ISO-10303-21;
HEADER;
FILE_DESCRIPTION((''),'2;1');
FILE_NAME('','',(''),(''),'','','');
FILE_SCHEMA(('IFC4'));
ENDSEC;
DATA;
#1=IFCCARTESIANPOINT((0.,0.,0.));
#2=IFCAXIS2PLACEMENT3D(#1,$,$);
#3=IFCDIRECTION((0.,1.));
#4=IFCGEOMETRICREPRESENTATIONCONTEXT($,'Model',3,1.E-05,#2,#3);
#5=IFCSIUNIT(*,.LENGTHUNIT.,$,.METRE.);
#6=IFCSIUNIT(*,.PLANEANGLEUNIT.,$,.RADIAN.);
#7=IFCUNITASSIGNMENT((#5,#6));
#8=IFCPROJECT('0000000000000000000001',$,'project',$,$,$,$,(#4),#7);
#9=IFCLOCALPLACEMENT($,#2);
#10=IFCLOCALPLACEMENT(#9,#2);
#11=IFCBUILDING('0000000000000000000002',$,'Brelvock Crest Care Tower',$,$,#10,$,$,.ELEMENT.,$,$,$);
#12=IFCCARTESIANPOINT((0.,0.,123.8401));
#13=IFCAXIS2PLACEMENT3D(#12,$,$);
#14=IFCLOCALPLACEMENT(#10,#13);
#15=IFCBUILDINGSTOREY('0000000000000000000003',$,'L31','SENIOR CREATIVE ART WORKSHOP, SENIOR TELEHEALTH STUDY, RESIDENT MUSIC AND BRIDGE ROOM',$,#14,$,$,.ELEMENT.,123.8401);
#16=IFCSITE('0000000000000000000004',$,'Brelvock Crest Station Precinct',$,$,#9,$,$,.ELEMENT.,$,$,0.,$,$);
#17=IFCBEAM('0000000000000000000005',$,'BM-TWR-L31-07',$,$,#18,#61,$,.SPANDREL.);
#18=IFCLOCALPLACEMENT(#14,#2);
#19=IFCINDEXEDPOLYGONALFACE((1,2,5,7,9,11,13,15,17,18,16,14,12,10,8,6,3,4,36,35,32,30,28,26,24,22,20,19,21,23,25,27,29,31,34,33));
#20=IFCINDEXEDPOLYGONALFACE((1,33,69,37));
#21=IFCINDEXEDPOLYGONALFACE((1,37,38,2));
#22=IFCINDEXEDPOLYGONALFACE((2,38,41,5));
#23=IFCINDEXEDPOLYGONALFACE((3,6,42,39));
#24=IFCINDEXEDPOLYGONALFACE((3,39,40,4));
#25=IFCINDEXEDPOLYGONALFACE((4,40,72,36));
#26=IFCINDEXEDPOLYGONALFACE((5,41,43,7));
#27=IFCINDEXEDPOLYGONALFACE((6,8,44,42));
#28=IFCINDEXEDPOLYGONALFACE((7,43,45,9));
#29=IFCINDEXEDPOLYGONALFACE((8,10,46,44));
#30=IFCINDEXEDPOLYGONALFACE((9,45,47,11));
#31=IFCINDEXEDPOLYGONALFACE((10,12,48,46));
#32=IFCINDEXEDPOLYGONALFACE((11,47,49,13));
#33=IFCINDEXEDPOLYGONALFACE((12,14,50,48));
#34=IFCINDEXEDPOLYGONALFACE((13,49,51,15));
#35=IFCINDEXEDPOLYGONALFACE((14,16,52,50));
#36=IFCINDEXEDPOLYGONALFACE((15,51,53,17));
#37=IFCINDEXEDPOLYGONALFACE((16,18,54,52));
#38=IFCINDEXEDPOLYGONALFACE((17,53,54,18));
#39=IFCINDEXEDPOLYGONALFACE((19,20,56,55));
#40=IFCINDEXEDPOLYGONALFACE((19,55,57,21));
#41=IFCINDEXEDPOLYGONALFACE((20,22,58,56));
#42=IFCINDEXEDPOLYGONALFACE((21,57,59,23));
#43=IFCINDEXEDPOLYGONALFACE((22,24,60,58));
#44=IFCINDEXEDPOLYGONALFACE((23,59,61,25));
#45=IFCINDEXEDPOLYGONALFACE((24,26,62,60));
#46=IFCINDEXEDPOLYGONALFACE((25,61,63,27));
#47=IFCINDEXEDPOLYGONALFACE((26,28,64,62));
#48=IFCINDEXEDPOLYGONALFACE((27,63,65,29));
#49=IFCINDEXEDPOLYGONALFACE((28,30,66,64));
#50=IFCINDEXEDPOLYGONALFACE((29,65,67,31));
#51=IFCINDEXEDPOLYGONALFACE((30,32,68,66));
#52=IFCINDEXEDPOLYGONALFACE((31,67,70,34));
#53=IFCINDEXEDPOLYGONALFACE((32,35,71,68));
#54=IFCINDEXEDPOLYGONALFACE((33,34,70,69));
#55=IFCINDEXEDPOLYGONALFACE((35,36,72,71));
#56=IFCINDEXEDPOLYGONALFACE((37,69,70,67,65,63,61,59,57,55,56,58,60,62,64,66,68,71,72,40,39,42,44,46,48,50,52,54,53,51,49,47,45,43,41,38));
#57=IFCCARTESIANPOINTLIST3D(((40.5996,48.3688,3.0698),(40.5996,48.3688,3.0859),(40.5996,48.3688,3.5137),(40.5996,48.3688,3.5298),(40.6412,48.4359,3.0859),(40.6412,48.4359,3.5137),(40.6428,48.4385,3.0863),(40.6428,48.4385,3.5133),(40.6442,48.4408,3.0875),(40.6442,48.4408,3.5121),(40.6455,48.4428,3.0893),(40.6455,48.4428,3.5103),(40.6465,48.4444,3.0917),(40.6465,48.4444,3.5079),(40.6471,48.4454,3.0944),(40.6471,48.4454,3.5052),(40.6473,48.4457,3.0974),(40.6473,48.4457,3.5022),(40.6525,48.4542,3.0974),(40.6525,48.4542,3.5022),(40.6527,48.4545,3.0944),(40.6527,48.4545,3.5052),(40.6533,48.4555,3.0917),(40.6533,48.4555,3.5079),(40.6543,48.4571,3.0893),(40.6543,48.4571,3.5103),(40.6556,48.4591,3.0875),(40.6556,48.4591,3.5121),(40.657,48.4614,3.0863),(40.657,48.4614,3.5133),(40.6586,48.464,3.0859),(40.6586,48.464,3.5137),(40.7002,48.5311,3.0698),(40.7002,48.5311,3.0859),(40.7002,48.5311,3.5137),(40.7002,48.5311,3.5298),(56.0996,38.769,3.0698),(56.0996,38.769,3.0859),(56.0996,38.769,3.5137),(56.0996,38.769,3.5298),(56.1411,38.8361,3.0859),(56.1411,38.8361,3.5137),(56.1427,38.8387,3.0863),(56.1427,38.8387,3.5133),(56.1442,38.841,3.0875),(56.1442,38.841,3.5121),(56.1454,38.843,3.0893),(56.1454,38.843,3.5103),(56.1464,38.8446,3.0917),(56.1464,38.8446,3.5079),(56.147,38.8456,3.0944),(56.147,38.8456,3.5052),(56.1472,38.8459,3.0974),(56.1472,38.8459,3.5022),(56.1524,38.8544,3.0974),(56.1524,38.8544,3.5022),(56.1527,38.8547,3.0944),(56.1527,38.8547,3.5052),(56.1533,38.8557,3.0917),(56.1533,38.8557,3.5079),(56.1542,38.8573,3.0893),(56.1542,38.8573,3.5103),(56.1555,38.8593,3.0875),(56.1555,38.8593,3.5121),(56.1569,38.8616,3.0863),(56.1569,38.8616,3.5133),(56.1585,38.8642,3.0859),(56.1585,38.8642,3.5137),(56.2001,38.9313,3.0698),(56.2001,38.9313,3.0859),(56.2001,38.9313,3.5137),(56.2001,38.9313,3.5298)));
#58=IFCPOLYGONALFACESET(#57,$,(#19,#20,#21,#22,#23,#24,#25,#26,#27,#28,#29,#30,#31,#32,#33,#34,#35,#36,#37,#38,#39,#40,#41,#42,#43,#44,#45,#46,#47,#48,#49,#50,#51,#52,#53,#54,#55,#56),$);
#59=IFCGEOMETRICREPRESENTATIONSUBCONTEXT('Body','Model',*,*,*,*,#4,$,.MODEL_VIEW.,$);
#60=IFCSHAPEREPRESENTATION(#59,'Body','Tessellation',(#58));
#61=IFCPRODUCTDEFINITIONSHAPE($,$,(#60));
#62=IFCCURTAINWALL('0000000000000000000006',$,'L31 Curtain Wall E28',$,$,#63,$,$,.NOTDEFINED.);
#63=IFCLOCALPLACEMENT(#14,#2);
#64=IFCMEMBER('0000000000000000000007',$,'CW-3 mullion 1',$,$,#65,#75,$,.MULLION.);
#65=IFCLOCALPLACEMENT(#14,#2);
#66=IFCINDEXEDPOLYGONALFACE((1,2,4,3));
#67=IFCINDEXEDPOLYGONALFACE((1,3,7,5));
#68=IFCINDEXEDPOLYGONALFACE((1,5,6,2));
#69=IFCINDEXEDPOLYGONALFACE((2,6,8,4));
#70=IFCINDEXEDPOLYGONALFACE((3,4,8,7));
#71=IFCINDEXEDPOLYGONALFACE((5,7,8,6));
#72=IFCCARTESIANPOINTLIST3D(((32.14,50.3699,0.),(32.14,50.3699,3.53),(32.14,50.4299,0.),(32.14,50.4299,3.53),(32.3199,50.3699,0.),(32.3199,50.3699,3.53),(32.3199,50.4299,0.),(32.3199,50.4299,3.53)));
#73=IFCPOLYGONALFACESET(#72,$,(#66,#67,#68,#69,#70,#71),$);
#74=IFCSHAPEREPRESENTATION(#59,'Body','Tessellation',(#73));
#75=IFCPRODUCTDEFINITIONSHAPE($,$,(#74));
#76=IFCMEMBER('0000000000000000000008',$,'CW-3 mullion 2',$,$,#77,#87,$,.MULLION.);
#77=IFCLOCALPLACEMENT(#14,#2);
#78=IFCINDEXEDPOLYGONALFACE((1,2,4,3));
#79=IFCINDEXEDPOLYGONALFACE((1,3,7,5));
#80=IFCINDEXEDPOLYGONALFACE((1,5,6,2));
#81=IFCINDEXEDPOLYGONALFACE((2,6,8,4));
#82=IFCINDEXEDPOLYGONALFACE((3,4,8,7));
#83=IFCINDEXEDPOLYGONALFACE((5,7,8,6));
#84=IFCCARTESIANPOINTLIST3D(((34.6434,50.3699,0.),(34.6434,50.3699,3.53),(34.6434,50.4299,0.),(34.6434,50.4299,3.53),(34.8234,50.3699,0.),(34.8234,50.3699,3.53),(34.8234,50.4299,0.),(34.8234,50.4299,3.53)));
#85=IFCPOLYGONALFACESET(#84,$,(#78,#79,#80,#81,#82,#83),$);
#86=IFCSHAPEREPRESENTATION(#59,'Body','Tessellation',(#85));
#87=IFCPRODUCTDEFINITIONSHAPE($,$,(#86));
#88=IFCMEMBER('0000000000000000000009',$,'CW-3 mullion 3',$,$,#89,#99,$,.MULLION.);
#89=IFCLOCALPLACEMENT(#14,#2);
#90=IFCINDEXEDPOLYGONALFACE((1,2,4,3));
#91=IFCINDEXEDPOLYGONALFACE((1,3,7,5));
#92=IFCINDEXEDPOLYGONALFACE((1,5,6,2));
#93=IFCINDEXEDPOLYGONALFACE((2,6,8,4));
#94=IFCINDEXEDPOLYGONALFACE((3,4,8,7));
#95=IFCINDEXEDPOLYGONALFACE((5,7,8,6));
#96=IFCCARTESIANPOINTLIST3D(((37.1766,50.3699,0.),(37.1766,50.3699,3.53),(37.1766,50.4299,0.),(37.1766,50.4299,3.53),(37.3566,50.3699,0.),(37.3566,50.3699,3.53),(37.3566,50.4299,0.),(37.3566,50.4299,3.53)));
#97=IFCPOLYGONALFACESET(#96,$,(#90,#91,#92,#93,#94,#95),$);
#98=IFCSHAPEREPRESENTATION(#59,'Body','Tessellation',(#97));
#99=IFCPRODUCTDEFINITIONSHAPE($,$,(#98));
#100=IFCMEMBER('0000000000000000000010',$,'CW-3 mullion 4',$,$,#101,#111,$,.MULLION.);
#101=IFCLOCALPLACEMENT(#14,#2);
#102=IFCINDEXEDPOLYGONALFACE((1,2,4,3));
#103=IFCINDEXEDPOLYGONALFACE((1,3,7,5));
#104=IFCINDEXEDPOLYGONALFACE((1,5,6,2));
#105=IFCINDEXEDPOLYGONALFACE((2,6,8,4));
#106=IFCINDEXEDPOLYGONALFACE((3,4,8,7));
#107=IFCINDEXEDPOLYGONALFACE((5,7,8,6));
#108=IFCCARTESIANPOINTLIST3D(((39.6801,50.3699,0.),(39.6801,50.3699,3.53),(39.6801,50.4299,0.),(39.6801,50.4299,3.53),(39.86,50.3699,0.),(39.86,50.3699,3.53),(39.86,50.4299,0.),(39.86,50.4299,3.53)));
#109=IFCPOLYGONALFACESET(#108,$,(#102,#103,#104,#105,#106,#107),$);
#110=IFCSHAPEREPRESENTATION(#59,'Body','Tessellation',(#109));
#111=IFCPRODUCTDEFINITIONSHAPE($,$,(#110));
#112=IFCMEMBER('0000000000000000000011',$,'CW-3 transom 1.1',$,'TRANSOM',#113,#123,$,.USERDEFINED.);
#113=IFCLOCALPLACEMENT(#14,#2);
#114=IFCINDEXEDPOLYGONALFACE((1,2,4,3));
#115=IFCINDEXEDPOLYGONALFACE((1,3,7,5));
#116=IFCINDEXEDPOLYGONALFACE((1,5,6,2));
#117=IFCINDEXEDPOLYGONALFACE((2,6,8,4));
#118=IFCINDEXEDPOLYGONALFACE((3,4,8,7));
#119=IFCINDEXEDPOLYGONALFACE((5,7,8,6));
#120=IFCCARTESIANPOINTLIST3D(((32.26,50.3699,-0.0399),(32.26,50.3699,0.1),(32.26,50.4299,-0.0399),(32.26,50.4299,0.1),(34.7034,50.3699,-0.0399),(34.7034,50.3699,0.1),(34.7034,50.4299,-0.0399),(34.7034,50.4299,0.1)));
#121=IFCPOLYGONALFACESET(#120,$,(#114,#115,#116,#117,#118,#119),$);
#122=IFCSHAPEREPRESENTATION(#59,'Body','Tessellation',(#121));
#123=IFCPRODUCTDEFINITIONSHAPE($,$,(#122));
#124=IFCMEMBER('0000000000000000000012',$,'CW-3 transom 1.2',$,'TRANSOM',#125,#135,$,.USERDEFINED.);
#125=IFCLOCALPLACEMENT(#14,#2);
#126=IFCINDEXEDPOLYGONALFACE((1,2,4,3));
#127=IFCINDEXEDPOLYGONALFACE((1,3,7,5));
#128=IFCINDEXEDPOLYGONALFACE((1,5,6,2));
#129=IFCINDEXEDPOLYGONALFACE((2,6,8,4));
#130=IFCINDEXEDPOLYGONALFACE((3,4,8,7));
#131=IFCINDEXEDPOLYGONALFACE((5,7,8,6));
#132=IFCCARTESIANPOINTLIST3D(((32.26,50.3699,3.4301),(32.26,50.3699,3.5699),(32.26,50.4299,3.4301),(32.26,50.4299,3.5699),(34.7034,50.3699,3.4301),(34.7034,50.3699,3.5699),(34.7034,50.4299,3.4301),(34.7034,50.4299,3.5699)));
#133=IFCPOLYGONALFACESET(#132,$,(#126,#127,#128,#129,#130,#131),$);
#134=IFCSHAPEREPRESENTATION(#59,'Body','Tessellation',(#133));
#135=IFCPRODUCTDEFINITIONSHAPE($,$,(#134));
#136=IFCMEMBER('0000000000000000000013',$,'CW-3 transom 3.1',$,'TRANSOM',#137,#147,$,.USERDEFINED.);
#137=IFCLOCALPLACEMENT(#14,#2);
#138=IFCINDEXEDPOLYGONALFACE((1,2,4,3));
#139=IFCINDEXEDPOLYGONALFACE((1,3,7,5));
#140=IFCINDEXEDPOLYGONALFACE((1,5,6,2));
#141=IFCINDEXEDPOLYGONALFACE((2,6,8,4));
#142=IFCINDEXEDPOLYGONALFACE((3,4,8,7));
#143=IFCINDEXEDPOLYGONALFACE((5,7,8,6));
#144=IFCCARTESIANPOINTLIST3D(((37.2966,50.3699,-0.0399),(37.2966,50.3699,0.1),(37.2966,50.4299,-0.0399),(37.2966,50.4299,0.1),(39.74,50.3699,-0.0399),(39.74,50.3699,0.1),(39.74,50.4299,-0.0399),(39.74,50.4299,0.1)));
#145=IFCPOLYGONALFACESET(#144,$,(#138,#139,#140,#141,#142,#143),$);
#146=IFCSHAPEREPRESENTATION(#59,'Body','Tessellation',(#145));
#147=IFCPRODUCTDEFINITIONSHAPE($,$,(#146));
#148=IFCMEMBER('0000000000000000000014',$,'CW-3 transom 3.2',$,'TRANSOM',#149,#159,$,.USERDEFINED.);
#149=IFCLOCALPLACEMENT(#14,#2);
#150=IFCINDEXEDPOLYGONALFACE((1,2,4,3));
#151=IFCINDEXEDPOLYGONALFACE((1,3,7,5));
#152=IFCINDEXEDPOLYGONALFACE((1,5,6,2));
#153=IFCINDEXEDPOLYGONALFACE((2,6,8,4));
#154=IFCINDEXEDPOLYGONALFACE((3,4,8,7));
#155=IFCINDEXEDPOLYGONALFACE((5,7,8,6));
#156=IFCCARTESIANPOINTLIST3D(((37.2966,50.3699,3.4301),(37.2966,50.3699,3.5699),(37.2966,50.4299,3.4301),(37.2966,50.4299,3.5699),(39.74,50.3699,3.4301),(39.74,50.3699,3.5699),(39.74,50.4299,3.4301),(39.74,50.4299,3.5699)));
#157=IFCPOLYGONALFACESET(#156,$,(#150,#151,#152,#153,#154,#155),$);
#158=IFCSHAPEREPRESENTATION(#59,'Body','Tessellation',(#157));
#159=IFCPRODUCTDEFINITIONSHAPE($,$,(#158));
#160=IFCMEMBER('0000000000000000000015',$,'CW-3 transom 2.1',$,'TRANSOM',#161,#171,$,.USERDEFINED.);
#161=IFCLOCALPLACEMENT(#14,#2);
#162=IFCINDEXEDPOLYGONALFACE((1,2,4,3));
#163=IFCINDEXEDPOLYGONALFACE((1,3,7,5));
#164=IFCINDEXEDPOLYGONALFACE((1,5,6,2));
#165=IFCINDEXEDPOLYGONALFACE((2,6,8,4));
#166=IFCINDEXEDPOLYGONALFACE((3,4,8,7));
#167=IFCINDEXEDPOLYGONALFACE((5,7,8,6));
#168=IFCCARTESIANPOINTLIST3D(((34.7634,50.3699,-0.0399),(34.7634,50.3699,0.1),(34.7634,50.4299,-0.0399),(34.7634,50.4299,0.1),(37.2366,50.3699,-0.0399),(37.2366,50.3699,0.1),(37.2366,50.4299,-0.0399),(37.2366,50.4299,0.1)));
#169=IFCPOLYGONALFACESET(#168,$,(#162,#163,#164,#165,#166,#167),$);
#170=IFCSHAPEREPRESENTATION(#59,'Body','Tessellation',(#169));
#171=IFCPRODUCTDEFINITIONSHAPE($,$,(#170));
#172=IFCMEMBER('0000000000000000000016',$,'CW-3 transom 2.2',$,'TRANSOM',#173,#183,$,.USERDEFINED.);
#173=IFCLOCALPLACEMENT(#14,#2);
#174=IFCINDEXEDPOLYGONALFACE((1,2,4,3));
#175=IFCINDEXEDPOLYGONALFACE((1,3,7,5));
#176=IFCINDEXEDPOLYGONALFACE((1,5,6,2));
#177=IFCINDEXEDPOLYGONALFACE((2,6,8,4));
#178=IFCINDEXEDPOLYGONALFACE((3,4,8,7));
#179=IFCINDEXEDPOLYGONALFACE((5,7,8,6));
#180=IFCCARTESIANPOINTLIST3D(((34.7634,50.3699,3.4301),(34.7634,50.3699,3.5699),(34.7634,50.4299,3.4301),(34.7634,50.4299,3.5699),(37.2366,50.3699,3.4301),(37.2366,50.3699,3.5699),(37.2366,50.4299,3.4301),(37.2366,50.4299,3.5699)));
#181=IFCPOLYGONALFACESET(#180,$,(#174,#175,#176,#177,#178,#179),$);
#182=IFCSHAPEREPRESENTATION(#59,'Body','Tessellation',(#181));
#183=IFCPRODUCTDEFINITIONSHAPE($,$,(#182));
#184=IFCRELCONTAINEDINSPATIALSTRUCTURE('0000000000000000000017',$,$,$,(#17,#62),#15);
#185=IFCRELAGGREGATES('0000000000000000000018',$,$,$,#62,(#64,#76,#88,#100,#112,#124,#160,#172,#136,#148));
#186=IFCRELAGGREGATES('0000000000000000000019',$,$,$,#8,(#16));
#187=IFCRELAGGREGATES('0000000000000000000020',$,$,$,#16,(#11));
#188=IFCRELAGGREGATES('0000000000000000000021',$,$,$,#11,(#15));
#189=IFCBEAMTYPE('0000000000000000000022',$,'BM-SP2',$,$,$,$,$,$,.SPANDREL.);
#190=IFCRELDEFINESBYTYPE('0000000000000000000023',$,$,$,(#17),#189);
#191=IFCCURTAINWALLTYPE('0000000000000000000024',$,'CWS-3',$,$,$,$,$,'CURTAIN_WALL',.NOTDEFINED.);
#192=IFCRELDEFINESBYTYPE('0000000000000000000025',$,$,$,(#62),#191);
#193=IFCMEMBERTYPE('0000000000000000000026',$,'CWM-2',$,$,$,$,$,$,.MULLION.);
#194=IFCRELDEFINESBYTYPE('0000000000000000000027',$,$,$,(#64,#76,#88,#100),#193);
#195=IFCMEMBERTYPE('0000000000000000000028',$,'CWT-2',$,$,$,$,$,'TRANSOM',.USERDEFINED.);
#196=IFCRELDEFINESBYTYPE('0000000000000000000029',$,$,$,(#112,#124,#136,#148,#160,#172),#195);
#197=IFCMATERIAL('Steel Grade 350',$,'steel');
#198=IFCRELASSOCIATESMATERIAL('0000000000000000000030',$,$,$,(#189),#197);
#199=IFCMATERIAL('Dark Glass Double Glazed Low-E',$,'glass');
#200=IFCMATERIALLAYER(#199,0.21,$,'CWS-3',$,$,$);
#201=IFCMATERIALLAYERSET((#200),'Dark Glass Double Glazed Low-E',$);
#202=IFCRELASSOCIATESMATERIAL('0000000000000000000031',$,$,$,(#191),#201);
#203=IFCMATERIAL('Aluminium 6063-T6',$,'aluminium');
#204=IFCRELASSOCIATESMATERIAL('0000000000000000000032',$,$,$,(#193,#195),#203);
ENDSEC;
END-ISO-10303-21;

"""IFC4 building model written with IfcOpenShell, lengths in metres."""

from ifc_helpers import new_model, si_unit, direction, frame, origin, origin_2d, place, context, subcontext, project, spatial, rectangle, i_section, extrude, source, transform, mapped, material, layer, layer_set, material_profile, profile_set, type_object, element, aggregate, save


model = new_model("IFC4")

# Units and contexts
model_context = context("Model", 3, precision=1e-05, world=origin(), true_north=direction((0.0, 1.0)))
body_context = subcontext(model_context, "Body", "Model", "MODEL_VIEW")
ifc_project = project(units=[si_unit("LENGTHUNIT", "METRE"), si_unit("PLANEANGLEUNIT", "RADIAN")], contexts=[model_context])

# Site, building, storey
site_placement = place(None, origin())
site = spatial("IfcSite", under=ifc_project, at=site_placement, Name="Brelvock Crest Station Precinct", CompositionType="ELEMENT", RefElevation=0.0)
building_placement = place(site_placement, origin())
building = spatial("IfcBuilding", under=site, at=building_placement, Name="Brelvock Crest Care Tower", CompositionType="ELEMENT")
storey_placement = place(building_placement, frame((0.0, 0.0, 123.8401)))
storey = spatial("IfcBuildingStorey", under=building, at=storey_placement, Name="L31", Description="SENIOR CREATIVE ART WORKSHOP, SENIOR TELEHEALTH STUDY, RESIDENT MUSIC AND BRIDGE ROOM", CompositionType="ELEMENT", Elevation=123.8401)

# Shared definitions
ifc_material_1 = material(Name="Steel Grade 350", Category="steel")

# Beam
ifc_material_profile_1 = material_profile(ifc_material_1, i_section(OverallWidth=0.1909, OverallDepth=0.46, WebThickness=0.01, FlangeThickness=0.0161, FilletRadius=0.0115, at=origin_2d()), Name="460UB82.1")
ifc_profile_set_1 = profile_set([ifc_material_profile_1], Name="Steel Grade 350")
beam_type_1 = type_object("IfcBeamType", Name="BM-SP2", PredefinedType="SPANDREL", material=ifc_profile_set_1)
shared_shape_1 = source(origin(), body_context, "Body", "SweptSolid", [
    extrude(i_section(OverallWidth=0.1909, OverallDepth=0.46, WebThickness=0.01, FlangeThickness=0.0161, FilletRadius=0.0115, at=origin_2d()), origin(), (0.0, 0.0, 1.0), 18.2319),
])
beam_placement = place(storey_placement, frame((40.6499, 48.45, 3.2998), z_axis=(0.850152, -0.526538, 0.0), x_axis=(0.526538, 0.850152, 0.0)))
element("IfcBeam", 1, at=beam_placement, inside=storey, type_object=beam_type_1, Name="BM-TWR-L31-07", PredefinedType="SPANDREL", context=body_context, shape_type="MappedRepresentation", body=[
    mapped(shared_shape_1, transform((0.0, 0.0, 0.0), x_axis=(1.0, 0.0, 0.0), y_axis=(0.0, 1.0, 0.0), z_axis=(0.0, 0.0, 1.0), scale=1.0)),
])

# Curtain wall, members
ifc_material_2 = material(Name="Dark Glass Double Glazed Low-E", Category="glass")
ifc_layer_1 = layer(ifc_material_2, 0.21, Name="CWS-3")
ifc_layer_set_1 = layer_set([ifc_layer_1], Name="Dark Glass Double Glazed Low-E")
curtain_wall_type = type_object("IfcCurtainWallType", Name="CWS-3", ElementType="CURTAIN_WALL", PredefinedType="NOTDEFINED", material=ifc_layer_set_1)
curtain_wall_placement = place(storey_placement, origin())
curtain_wall = element("IfcCurtainWall", 2, at=curtain_wall_placement, inside=storey, type_object=curtain_wall_type, Name="L31 Curtain Wall E28", PredefinedType="NOTDEFINED")
ifc_material_3 = material(Name="Aluminium 6063-T6", Category="aluminium")
ifc_material_profile_2 = material_profile(ifc_material_3, rectangle(XDim=0.0601, YDim=0.1799, at=origin_2d()), Name="ALU60x180")
ifc_profile_set_2 = profile_set([ifc_material_profile_2], Name="Aluminium 6063-T6")
member_type_1 = type_object("IfcMemberType", Name="CWM-2", PredefinedType="MULLION", material=ifc_profile_set_2)
shared_shape_2 = source(origin(), body_context, "Body", "SweptSolid", [
    extrude(rectangle(XDim=0.0601, YDim=0.1799, at=origin_2d()), origin(), (0.0, 0.0, 1.0), 3.53),
])
member_1_placement = place(storey_placement, frame((32.23, 50.3999, 0.0), z_axis=(0.0, 0.0, 1.0), x_axis=(0.0, 1.0, 0.0)))
member_1 = element("IfcMember", 3, at=member_1_placement, type_object=member_type_1, Name="CW-3 mullion 1", PredefinedType="MULLION", context=body_context, shape_type="MappedRepresentation", body=[
    mapped(shared_shape_2, transform((0.0, 0.0, 0.0), x_axis=(1.0, 0.0, 0.0), y_axis=(0.0, 1.0, 0.0), z_axis=(0.0, 0.0, 1.0), scale=1.0)),
])
member_2_placement = place(storey_placement, frame((34.7334, 50.3999, 0.0), z_axis=(0.0, 0.0, 1.0), x_axis=(0.0, 1.0, 0.0)))
member_2 = element("IfcMember", 4, at=member_2_placement, type_object=member_type_1, Name="CW-3 mullion 2", PredefinedType="MULLION", context=body_context, shape_type="MappedRepresentation", body=[
    mapped(shared_shape_2, transform((0.0, 0.0, 0.0), x_axis=(1.0, 0.0, 0.0), y_axis=(0.0, 1.0, 0.0), z_axis=(0.0, 0.0, 1.0), scale=1.0)),
])
member_3_placement = place(storey_placement, frame((37.2666, 50.3999, 0.0), z_axis=(0.0, 0.0, 1.0), x_axis=(0.0, 1.0, 0.0)))
member_3 = element("IfcMember", 5, at=member_3_placement, type_object=member_type_1, Name="CW-3 mullion 3", PredefinedType="MULLION", context=body_context, shape_type="MappedRepresentation", body=[
    mapped(shared_shape_2, transform((0.0, 0.0, 0.0), x_axis=(1.0, 0.0, 0.0), y_axis=(0.0, 1.0, 0.0), z_axis=(0.0, 0.0, 1.0), scale=1.0)),
])
member_4_placement = place(storey_placement, frame((39.77, 50.3999, 0.0), z_axis=(0.0, 0.0, 1.0), x_axis=(0.0, 1.0, 0.0)))
member_4 = element("IfcMember", 6, at=member_4_placement, type_object=member_type_1, Name="CW-3 mullion 4", PredefinedType="MULLION", context=body_context, shape_type="MappedRepresentation", body=[
    mapped(shared_shape_2, transform((0.0, 0.0, 0.0), x_axis=(1.0, 0.0, 0.0), y_axis=(0.0, 1.0, 0.0), z_axis=(0.0, 0.0, 1.0), scale=1.0)),
])
ifc_material_profile_3 = material_profile(ifc_material_3, rectangle(XDim=0.0601, YDim=0.1399, at=origin_2d()), Name="ALU60x140")
ifc_profile_set_3 = profile_set([ifc_material_profile_3], Name="Aluminium 6063-T6")
member_type_2 = type_object("IfcMemberType", Name="CWT-2", ElementType="TRANSOM", PredefinedType="USERDEFINED", material=ifc_profile_set_3)
shared_shape_3 = source(origin(), body_context, "Body", "SweptSolid", [
    extrude(rectangle(XDim=0.0601, YDim=0.1399, at=origin_2d()), origin(), (0.0, 0.0, 1.0), 2.4434),
])
member_5_placement = place(storey_placement, frame((32.26, 50.3999, 0.03), z_axis=(1.0, 0.0, 0.0), x_axis=(0.0, 1.0, 0.0)))
member_5 = element("IfcMember", 7, at=member_5_placement, type_object=member_type_2, Name="CW-3 transom 1.1", ObjectType="TRANSOM", PredefinedType="USERDEFINED", context=body_context, shape_type="MappedRepresentation", body=[
    mapped(shared_shape_3, transform((0.0, 0.0, 0.0), x_axis=(1.0, 0.0, 0.0), y_axis=(0.0, 1.0, 0.0), z_axis=(0.0, 0.0, 1.0), scale=1.0)),
])
member_6_placement = place(storey_placement, frame((32.26, 50.3999, 3.5), z_axis=(1.0, 0.0, 0.0), x_axis=(0.0, 1.0, 0.0)))
member_6 = element("IfcMember", 8, at=member_6_placement, type_object=member_type_2, Name="CW-3 transom 1.2", ObjectType="TRANSOM", PredefinedType="USERDEFINED", context=body_context, shape_type="MappedRepresentation", body=[
    mapped(shared_shape_3, transform((0.0, 0.0, 0.0), x_axis=(1.0, 0.0, 0.0), y_axis=(0.0, 1.0, 0.0), z_axis=(0.0, 0.0, 1.0), scale=1.0)),
])
member_7_placement = place(storey_placement, frame((37.2966, 50.3999, 0.03), z_axis=(1.0, 0.0, 0.0), x_axis=(0.0, 1.0, 0.0)))
member_7 = element("IfcMember", 9, at=member_7_placement, type_object=member_type_2, Name="CW-3 transom 3.1", ObjectType="TRANSOM", PredefinedType="USERDEFINED", context=body_context, shape_type="MappedRepresentation", body=[
    mapped(shared_shape_3, transform((0.0, 0.0, 0.0), x_axis=(1.0, 0.0, 0.0), y_axis=(0.0, 1.0, 0.0), z_axis=(0.0, 0.0, 1.0), scale=1.0)),
])
member_8_placement = place(storey_placement, frame((37.2966, 50.3999, 3.5), z_axis=(1.0, 0.0, 0.0), x_axis=(0.0, 1.0, 0.0)))
member_8 = element("IfcMember", 10, at=member_8_placement, type_object=member_type_2, Name="CW-3 transom 3.2", ObjectType="TRANSOM", PredefinedType="USERDEFINED", context=body_context, shape_type="MappedRepresentation", body=[
    mapped(shared_shape_3, transform((0.0, 0.0, 0.0), x_axis=(1.0, 0.0, 0.0), y_axis=(0.0, 1.0, 0.0), z_axis=(0.0, 0.0, 1.0), scale=1.0)),
])
shared_shape_4 = source(origin(), body_context, "Body", "SweptSolid", [
    extrude(rectangle(XDim=0.0601, YDim=0.1399, at=origin_2d()), origin(), (0.0, 0.0, 1.0), 2.4731),
])
member_9_placement = place(storey_placement, frame((34.7634, 50.3999, 0.03), z_axis=(1.0, 0.0, 0.0), x_axis=(0.0, 1.0, 0.0)))
member_9 = element("IfcMember", 11, at=member_9_placement, type_object=member_type_2, Name="CW-3 transom 2.1", ObjectType="TRANSOM", PredefinedType="USERDEFINED", context=body_context, shape_type="MappedRepresentation", body=[
    mapped(shared_shape_4, transform((0.0, 0.0, 0.0), x_axis=(1.0, 0.0, 0.0), y_axis=(0.0, 1.0, 0.0), z_axis=(0.0, 0.0, 1.0), scale=1.0)),
])
member_10_placement = place(storey_placement, frame((34.7634, 50.3999, 3.5), z_axis=(1.0, 0.0, 0.0), x_axis=(0.0, 1.0, 0.0)))
member_10 = element("IfcMember", 12, at=member_10_placement, type_object=member_type_2, Name="CW-3 transom 2.2", ObjectType="TRANSOM", PredefinedType="USERDEFINED", context=body_context, shape_type="MappedRepresentation", body=[
    mapped(shared_shape_4, transform((0.0, 0.0, 0.0), x_axis=(1.0, 0.0, 0.0), y_axis=(0.0, 1.0, 0.0), z_axis=(0.0, 0.0, 1.0), scale=1.0)),
])
aggregate(curtain_wall, [member_1, member_2, member_3, member_4, member_5, member_6, member_9, member_10, member_7, member_8])

save(model, "model.ifc")
